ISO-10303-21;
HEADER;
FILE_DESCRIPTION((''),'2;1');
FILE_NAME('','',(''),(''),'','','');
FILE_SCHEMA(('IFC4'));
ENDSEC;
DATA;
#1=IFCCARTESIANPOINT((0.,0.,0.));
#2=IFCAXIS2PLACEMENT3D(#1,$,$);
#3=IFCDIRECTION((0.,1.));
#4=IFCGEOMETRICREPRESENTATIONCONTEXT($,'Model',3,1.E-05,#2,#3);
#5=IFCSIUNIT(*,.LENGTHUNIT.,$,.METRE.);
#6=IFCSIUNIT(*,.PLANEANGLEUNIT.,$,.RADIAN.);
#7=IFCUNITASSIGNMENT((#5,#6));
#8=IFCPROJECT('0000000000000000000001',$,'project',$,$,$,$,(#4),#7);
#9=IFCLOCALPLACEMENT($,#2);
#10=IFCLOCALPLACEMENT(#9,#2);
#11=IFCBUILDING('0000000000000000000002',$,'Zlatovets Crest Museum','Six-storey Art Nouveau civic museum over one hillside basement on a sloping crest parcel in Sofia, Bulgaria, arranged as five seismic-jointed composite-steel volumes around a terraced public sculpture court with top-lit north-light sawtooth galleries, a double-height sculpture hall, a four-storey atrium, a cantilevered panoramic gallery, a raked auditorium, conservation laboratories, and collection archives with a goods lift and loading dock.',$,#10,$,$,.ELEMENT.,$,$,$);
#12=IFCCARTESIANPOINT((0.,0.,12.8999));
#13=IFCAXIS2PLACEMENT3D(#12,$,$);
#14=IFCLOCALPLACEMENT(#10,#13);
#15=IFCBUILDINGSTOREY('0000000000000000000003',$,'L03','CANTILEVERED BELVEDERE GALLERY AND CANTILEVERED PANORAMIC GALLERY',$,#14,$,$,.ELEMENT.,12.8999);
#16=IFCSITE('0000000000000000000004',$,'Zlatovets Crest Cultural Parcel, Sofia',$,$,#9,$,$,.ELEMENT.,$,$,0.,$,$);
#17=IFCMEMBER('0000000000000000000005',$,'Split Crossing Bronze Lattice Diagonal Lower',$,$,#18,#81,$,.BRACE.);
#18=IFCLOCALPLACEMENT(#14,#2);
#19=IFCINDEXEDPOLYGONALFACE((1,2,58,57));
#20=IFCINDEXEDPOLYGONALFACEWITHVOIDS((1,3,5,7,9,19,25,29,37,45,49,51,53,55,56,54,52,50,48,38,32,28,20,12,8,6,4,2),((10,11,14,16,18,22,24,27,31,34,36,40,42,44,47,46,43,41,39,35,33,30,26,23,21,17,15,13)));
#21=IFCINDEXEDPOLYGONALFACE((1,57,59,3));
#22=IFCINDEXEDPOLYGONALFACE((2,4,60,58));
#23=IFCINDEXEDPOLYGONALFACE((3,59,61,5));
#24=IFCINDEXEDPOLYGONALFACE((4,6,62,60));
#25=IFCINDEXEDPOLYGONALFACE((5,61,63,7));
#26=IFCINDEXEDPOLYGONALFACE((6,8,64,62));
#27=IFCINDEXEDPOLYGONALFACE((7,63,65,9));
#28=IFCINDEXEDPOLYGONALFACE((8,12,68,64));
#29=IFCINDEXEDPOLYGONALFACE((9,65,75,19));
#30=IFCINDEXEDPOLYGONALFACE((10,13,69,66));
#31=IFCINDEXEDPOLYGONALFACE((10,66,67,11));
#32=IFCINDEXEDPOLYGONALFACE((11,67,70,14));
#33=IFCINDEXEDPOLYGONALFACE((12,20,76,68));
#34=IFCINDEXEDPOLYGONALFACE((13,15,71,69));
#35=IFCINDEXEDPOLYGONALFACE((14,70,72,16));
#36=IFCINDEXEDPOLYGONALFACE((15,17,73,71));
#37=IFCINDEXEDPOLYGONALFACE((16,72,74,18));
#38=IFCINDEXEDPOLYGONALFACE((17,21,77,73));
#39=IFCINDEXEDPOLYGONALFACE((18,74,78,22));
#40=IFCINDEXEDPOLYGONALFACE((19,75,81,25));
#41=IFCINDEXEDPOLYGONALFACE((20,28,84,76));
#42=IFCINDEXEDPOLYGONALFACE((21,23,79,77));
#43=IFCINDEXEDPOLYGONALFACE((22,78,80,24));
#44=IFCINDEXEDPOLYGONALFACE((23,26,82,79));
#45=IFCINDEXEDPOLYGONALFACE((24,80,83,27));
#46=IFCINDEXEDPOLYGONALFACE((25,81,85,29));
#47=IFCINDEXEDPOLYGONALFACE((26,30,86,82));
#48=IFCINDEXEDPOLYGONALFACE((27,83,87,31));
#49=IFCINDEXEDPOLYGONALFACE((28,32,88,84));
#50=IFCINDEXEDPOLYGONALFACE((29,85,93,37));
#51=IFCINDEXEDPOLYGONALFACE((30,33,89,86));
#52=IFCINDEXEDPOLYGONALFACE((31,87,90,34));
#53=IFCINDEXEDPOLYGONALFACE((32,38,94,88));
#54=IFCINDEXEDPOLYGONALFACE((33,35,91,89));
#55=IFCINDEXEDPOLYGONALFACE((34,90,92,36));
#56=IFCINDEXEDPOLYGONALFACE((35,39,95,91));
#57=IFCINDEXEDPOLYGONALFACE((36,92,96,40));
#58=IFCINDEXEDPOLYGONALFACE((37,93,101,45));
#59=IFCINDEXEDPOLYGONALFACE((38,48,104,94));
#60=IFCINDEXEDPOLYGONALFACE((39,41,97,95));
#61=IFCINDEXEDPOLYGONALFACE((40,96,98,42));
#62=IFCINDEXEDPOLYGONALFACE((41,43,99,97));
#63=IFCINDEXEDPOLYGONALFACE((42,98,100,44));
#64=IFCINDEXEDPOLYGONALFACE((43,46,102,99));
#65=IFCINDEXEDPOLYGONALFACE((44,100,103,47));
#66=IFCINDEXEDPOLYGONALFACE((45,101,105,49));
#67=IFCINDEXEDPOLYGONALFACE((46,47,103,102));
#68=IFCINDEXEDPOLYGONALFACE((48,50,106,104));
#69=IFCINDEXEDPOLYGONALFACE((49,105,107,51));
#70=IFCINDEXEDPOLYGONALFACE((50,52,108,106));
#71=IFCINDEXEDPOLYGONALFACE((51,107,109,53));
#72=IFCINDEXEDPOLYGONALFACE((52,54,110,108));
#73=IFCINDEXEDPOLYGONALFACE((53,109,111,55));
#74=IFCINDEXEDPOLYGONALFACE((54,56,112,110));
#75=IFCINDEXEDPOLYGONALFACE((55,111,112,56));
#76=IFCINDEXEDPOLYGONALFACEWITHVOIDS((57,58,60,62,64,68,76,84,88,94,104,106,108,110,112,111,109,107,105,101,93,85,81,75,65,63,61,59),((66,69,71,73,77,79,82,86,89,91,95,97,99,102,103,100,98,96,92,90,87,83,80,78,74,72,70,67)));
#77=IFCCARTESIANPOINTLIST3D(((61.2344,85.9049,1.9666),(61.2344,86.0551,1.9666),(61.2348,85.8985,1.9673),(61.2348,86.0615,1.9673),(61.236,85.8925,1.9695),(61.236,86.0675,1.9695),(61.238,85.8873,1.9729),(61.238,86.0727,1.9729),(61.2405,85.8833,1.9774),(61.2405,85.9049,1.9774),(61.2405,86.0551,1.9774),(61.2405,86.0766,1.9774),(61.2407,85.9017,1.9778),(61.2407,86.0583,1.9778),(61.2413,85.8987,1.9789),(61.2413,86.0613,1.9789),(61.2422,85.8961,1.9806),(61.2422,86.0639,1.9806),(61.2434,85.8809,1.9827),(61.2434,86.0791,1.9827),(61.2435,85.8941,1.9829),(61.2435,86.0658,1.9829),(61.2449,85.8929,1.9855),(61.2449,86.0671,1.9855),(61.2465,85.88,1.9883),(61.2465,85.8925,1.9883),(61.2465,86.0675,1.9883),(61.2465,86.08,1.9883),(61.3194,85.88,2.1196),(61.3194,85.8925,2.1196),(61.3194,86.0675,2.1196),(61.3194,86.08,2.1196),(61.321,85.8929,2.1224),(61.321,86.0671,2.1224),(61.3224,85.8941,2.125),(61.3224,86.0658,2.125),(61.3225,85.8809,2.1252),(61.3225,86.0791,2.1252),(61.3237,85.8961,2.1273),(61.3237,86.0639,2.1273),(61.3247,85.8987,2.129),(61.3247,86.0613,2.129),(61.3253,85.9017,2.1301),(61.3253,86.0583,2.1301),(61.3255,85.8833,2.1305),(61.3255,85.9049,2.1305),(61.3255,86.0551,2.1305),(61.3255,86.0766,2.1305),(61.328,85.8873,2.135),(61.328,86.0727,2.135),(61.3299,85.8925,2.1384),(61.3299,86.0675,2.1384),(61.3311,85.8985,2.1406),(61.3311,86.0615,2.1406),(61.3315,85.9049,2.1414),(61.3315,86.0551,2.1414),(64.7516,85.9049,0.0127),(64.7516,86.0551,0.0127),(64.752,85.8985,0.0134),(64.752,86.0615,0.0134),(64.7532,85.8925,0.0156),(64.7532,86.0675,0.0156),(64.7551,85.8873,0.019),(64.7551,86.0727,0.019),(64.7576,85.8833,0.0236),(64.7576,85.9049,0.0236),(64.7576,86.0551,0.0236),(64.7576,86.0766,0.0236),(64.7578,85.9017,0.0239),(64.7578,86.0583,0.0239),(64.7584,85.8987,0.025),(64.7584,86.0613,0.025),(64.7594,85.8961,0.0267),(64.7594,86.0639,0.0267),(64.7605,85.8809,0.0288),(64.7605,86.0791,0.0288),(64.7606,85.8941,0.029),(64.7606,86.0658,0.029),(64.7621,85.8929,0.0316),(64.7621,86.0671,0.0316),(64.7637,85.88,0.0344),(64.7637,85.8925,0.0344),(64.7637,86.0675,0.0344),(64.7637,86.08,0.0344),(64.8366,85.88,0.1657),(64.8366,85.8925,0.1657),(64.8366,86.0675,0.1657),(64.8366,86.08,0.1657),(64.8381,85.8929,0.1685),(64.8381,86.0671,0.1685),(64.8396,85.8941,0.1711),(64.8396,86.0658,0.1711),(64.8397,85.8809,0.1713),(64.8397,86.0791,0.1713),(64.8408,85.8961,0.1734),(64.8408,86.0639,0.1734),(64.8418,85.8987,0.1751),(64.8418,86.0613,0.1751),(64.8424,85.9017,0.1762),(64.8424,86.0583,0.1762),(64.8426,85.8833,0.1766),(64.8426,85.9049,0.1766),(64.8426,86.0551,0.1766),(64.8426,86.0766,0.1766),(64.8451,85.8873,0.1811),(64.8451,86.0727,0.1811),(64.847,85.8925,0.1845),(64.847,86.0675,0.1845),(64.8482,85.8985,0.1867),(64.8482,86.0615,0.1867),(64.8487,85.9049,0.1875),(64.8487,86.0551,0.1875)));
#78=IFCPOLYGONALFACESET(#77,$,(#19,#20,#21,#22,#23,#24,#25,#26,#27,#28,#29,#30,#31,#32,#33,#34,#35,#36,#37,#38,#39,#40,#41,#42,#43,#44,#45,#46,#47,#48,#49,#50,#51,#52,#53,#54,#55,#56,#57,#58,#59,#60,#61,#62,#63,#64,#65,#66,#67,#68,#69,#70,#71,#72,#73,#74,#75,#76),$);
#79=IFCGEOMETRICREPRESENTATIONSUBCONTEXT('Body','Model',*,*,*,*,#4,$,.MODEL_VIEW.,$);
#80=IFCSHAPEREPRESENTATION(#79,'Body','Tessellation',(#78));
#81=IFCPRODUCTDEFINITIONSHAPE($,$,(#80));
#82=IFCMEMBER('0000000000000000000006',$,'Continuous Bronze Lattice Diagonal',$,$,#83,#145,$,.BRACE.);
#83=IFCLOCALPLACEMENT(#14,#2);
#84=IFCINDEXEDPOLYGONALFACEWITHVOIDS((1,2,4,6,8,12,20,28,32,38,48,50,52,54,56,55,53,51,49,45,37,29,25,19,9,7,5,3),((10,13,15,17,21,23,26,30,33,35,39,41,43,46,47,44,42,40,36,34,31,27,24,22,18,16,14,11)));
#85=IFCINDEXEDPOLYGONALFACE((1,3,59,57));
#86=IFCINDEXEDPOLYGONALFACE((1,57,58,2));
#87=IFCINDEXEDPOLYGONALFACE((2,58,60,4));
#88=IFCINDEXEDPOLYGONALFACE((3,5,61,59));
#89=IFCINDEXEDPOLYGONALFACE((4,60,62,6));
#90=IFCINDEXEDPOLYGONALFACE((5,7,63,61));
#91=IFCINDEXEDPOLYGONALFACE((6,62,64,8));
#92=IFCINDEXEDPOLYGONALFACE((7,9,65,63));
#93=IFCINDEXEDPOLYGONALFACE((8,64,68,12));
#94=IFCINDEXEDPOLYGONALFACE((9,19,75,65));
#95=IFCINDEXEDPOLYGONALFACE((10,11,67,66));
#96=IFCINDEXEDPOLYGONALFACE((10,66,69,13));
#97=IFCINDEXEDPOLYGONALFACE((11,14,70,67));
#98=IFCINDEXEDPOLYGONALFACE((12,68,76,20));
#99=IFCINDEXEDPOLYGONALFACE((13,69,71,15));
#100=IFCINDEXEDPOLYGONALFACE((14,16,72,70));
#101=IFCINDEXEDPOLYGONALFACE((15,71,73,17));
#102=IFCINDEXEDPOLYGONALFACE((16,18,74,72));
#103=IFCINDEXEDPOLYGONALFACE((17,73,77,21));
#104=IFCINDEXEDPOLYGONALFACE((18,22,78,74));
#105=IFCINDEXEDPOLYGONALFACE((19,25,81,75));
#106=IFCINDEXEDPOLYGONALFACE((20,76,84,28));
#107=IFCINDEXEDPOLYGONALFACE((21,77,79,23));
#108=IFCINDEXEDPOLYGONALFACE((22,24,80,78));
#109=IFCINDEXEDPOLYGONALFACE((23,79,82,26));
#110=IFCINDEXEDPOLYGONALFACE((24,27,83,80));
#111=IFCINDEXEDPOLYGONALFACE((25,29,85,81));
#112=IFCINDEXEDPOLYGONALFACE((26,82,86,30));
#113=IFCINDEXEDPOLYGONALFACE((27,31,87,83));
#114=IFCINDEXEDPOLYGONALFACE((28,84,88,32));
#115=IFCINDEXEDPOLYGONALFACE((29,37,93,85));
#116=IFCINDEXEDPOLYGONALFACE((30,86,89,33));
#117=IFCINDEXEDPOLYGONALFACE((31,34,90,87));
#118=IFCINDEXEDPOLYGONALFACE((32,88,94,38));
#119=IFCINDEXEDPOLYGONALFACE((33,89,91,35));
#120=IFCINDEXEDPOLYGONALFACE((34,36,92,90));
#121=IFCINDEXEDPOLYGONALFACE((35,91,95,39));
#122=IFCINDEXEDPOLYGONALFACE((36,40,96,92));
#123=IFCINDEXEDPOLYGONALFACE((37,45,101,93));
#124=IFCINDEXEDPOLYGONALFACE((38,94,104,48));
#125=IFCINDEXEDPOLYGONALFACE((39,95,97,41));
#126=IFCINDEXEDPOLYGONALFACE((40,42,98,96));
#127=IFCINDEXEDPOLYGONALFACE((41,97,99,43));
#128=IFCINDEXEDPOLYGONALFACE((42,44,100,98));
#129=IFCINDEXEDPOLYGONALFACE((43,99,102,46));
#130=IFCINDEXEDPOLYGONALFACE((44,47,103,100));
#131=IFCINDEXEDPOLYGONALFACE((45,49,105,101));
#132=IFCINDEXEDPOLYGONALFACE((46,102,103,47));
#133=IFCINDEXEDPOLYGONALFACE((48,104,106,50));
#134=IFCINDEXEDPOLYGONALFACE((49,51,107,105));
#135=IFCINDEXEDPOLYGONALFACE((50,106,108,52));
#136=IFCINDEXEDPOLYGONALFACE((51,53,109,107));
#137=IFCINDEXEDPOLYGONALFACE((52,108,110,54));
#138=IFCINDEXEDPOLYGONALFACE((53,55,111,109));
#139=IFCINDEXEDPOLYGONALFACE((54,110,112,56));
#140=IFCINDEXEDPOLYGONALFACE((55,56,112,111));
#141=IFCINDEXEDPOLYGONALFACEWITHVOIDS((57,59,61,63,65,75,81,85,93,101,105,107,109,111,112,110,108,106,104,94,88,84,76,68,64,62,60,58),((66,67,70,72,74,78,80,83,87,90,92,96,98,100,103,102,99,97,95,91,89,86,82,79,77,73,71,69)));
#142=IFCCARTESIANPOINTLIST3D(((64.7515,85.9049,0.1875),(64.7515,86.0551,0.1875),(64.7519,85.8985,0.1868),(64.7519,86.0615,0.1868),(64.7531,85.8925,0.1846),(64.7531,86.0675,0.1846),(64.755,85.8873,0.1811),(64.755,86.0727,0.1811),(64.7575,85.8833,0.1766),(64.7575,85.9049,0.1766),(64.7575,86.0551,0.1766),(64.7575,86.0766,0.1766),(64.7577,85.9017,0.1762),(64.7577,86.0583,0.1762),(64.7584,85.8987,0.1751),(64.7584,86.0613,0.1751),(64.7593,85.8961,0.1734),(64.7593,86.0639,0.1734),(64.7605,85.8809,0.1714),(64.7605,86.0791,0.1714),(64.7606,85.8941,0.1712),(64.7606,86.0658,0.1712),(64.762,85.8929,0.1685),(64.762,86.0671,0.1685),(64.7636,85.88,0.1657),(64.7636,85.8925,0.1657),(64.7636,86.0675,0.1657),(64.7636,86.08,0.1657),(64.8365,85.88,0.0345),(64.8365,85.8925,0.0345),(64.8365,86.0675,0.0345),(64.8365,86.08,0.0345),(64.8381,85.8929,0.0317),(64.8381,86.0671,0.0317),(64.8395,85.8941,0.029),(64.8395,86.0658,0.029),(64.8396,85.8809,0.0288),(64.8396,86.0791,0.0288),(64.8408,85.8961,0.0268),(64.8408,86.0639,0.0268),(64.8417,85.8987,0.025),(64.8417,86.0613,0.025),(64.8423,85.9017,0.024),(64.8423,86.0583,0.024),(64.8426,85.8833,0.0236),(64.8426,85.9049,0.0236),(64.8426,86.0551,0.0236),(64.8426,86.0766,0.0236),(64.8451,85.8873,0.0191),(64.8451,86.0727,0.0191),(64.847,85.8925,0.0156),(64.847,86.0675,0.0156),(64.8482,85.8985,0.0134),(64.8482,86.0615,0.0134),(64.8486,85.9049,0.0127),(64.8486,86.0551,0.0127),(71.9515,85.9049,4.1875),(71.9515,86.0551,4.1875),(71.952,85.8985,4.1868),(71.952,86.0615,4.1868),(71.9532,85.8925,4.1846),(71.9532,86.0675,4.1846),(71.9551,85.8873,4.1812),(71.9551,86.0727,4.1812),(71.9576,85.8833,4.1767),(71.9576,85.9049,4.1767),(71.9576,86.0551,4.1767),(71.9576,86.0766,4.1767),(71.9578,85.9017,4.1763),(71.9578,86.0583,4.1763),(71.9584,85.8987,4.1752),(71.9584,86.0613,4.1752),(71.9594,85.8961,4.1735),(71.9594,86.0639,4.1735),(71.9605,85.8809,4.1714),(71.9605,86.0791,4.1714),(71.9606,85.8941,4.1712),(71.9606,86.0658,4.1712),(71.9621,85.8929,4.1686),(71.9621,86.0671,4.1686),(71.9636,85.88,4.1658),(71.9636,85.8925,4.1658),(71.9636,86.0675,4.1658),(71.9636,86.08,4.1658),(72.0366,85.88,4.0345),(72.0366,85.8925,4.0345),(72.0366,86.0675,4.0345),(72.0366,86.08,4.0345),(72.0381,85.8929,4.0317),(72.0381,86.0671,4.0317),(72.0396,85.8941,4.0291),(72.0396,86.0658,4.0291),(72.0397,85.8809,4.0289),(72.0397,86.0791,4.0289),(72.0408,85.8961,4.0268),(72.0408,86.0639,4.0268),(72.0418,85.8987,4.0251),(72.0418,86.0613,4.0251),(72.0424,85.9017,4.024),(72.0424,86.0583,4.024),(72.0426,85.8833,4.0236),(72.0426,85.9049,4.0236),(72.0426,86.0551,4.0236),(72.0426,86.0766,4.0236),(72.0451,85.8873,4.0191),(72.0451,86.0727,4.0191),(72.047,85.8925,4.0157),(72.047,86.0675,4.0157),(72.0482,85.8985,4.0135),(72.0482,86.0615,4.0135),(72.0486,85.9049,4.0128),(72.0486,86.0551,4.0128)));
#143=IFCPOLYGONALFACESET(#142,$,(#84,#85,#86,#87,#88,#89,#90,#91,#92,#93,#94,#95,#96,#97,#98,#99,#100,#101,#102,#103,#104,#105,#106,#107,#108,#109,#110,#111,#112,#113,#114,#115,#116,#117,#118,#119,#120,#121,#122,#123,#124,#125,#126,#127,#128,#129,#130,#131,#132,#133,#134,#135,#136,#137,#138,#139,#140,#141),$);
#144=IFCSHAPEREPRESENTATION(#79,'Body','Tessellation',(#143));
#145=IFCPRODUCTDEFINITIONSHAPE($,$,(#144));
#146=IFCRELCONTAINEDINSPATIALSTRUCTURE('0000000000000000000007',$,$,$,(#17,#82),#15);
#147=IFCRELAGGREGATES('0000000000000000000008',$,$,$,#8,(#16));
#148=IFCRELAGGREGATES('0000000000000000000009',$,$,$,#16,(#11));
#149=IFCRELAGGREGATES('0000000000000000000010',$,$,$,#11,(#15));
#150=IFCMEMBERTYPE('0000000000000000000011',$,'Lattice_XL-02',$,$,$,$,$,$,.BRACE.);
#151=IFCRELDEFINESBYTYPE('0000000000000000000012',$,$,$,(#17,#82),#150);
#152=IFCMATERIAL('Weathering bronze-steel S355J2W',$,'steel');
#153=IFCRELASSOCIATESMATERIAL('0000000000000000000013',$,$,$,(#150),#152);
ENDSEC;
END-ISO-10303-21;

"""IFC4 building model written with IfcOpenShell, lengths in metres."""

from ifc_helpers import new_model, si_unit, direction, frame, origin, origin_2d, place, context, subcontext, project, spatial, hollow_rectangle, extrude, material, material_profile, profile_set, type_object, element, save


model = new_model("IFC4")

# Units and contexts
model_context = context("Model", 3, precision=1e-05, world=origin(), true_north=direction((0.0, 1.0)))
body_context = subcontext(model_context, "Body", "Model", "MODEL_VIEW")
ifc_project = project(units=[si_unit("LENGTHUNIT", "METRE"), si_unit("PLANEANGLEUNIT", "RADIAN")], contexts=[model_context])

# Site, building, storey
site_placement = place(None, origin())
site = spatial("IfcSite", under=ifc_project, at=site_placement, Name="Zlatovets Crest Cultural Parcel, Sofia", CompositionType="ELEMENT", RefElevation=0.0)
building_placement = place(site_placement, origin())
building = spatial("IfcBuilding", under=site, at=building_placement, Name="Zlatovets Crest Museum", Description="Six-storey Art Nouveau civic museum over one hillside basement on a sloping crest parcel in Sofia, Bulgaria, arranged as five seismic-jointed composite-steel volumes around a terraced public sculpture court with top-lit north-light sawtooth galleries, a double-height sculpture hall, a four-storey atrium, a cantilevered panoramic gallery, a raked auditorium, conservation laboratories, and collection archives with a goods lift and loading dock.", CompositionType="ELEMENT")
storey_placement = place(building_placement, frame((0.0, 0.0, 12.8999)))
storey = spatial("IfcBuildingStorey", under=building, at=storey_placement, Name="L03", Description="CANTILEVERED BELVEDERE GALLERY AND CANTILEVERED PANORAMIC GALLERY", CompositionType="ELEMENT", Elevation=12.8999)

# Members
ifc_material_1 = material(Name="Weathering bronze-steel S355J2W", Category="steel")
ifc_material_profile_1 = material_profile(ifc_material_1, hollow_rectangle(XDim=0.2, YDim=0.2, WallThickness=0.0125, InnerFilletRadius=0.0125, OuterFilletRadius=0.0249, at=origin_2d()), Name="SHS 200x200x12.5")
ifc_profile_set_1 = profile_set([ifc_material_profile_1], Name="Weathering bronze-steel S355J2W")
member_type_1 = type_object("IfcMemberType", Name="Lattice_XL-02", PredefinedType="BRACE", material=ifc_profile_set_1)
member_1_placement = place(storey_placement, frame((61.283, 85.98, 2.054), z_axis=(0.874166, 0.0, -0.485627), x_axis=(0.0, 1.0, 0.0)))
element("IfcMember", 1, at=member_1_placement, inside=storey, type_object=member_type_1, Name="Split Crossing Bronze Lattice Diagonal Lower", PredefinedType="BRACE", context=body_context, shape_type="SweptSolid", body=[
    extrude(hollow_rectangle(XDim=0.2, YDim=0.2, WallThickness=0.0125, InnerFilletRadius=0.0125, OuterFilletRadius=0.0249, at=origin_2d()), origin(), (0.0, 0.0, 1.0), 4.0234),
])
member_2_placement = place(storey_placement, frame((64.8, 85.98, 0.1001), z_axis=(0.874156, 0.0, 0.485645), x_axis=(0.0, 1.0, 0.0)))
element("IfcMember", 2, at=member_2_placement, inside=storey, type_object=member_type_1, Name="Continuous Bronze Lattice Diagonal", PredefinedType="BRACE", context=body_context, shape_type="SweptSolid", body=[
    extrude(hollow_rectangle(XDim=0.2, YDim=0.2, WallThickness=0.0125, InnerFilletRadius=0.0125, OuterFilletRadius=0.0249, at=origin_2d()), origin(), (0.0, 0.0, 1.0), 8.2366),
])

save(model, "model.ifc")
